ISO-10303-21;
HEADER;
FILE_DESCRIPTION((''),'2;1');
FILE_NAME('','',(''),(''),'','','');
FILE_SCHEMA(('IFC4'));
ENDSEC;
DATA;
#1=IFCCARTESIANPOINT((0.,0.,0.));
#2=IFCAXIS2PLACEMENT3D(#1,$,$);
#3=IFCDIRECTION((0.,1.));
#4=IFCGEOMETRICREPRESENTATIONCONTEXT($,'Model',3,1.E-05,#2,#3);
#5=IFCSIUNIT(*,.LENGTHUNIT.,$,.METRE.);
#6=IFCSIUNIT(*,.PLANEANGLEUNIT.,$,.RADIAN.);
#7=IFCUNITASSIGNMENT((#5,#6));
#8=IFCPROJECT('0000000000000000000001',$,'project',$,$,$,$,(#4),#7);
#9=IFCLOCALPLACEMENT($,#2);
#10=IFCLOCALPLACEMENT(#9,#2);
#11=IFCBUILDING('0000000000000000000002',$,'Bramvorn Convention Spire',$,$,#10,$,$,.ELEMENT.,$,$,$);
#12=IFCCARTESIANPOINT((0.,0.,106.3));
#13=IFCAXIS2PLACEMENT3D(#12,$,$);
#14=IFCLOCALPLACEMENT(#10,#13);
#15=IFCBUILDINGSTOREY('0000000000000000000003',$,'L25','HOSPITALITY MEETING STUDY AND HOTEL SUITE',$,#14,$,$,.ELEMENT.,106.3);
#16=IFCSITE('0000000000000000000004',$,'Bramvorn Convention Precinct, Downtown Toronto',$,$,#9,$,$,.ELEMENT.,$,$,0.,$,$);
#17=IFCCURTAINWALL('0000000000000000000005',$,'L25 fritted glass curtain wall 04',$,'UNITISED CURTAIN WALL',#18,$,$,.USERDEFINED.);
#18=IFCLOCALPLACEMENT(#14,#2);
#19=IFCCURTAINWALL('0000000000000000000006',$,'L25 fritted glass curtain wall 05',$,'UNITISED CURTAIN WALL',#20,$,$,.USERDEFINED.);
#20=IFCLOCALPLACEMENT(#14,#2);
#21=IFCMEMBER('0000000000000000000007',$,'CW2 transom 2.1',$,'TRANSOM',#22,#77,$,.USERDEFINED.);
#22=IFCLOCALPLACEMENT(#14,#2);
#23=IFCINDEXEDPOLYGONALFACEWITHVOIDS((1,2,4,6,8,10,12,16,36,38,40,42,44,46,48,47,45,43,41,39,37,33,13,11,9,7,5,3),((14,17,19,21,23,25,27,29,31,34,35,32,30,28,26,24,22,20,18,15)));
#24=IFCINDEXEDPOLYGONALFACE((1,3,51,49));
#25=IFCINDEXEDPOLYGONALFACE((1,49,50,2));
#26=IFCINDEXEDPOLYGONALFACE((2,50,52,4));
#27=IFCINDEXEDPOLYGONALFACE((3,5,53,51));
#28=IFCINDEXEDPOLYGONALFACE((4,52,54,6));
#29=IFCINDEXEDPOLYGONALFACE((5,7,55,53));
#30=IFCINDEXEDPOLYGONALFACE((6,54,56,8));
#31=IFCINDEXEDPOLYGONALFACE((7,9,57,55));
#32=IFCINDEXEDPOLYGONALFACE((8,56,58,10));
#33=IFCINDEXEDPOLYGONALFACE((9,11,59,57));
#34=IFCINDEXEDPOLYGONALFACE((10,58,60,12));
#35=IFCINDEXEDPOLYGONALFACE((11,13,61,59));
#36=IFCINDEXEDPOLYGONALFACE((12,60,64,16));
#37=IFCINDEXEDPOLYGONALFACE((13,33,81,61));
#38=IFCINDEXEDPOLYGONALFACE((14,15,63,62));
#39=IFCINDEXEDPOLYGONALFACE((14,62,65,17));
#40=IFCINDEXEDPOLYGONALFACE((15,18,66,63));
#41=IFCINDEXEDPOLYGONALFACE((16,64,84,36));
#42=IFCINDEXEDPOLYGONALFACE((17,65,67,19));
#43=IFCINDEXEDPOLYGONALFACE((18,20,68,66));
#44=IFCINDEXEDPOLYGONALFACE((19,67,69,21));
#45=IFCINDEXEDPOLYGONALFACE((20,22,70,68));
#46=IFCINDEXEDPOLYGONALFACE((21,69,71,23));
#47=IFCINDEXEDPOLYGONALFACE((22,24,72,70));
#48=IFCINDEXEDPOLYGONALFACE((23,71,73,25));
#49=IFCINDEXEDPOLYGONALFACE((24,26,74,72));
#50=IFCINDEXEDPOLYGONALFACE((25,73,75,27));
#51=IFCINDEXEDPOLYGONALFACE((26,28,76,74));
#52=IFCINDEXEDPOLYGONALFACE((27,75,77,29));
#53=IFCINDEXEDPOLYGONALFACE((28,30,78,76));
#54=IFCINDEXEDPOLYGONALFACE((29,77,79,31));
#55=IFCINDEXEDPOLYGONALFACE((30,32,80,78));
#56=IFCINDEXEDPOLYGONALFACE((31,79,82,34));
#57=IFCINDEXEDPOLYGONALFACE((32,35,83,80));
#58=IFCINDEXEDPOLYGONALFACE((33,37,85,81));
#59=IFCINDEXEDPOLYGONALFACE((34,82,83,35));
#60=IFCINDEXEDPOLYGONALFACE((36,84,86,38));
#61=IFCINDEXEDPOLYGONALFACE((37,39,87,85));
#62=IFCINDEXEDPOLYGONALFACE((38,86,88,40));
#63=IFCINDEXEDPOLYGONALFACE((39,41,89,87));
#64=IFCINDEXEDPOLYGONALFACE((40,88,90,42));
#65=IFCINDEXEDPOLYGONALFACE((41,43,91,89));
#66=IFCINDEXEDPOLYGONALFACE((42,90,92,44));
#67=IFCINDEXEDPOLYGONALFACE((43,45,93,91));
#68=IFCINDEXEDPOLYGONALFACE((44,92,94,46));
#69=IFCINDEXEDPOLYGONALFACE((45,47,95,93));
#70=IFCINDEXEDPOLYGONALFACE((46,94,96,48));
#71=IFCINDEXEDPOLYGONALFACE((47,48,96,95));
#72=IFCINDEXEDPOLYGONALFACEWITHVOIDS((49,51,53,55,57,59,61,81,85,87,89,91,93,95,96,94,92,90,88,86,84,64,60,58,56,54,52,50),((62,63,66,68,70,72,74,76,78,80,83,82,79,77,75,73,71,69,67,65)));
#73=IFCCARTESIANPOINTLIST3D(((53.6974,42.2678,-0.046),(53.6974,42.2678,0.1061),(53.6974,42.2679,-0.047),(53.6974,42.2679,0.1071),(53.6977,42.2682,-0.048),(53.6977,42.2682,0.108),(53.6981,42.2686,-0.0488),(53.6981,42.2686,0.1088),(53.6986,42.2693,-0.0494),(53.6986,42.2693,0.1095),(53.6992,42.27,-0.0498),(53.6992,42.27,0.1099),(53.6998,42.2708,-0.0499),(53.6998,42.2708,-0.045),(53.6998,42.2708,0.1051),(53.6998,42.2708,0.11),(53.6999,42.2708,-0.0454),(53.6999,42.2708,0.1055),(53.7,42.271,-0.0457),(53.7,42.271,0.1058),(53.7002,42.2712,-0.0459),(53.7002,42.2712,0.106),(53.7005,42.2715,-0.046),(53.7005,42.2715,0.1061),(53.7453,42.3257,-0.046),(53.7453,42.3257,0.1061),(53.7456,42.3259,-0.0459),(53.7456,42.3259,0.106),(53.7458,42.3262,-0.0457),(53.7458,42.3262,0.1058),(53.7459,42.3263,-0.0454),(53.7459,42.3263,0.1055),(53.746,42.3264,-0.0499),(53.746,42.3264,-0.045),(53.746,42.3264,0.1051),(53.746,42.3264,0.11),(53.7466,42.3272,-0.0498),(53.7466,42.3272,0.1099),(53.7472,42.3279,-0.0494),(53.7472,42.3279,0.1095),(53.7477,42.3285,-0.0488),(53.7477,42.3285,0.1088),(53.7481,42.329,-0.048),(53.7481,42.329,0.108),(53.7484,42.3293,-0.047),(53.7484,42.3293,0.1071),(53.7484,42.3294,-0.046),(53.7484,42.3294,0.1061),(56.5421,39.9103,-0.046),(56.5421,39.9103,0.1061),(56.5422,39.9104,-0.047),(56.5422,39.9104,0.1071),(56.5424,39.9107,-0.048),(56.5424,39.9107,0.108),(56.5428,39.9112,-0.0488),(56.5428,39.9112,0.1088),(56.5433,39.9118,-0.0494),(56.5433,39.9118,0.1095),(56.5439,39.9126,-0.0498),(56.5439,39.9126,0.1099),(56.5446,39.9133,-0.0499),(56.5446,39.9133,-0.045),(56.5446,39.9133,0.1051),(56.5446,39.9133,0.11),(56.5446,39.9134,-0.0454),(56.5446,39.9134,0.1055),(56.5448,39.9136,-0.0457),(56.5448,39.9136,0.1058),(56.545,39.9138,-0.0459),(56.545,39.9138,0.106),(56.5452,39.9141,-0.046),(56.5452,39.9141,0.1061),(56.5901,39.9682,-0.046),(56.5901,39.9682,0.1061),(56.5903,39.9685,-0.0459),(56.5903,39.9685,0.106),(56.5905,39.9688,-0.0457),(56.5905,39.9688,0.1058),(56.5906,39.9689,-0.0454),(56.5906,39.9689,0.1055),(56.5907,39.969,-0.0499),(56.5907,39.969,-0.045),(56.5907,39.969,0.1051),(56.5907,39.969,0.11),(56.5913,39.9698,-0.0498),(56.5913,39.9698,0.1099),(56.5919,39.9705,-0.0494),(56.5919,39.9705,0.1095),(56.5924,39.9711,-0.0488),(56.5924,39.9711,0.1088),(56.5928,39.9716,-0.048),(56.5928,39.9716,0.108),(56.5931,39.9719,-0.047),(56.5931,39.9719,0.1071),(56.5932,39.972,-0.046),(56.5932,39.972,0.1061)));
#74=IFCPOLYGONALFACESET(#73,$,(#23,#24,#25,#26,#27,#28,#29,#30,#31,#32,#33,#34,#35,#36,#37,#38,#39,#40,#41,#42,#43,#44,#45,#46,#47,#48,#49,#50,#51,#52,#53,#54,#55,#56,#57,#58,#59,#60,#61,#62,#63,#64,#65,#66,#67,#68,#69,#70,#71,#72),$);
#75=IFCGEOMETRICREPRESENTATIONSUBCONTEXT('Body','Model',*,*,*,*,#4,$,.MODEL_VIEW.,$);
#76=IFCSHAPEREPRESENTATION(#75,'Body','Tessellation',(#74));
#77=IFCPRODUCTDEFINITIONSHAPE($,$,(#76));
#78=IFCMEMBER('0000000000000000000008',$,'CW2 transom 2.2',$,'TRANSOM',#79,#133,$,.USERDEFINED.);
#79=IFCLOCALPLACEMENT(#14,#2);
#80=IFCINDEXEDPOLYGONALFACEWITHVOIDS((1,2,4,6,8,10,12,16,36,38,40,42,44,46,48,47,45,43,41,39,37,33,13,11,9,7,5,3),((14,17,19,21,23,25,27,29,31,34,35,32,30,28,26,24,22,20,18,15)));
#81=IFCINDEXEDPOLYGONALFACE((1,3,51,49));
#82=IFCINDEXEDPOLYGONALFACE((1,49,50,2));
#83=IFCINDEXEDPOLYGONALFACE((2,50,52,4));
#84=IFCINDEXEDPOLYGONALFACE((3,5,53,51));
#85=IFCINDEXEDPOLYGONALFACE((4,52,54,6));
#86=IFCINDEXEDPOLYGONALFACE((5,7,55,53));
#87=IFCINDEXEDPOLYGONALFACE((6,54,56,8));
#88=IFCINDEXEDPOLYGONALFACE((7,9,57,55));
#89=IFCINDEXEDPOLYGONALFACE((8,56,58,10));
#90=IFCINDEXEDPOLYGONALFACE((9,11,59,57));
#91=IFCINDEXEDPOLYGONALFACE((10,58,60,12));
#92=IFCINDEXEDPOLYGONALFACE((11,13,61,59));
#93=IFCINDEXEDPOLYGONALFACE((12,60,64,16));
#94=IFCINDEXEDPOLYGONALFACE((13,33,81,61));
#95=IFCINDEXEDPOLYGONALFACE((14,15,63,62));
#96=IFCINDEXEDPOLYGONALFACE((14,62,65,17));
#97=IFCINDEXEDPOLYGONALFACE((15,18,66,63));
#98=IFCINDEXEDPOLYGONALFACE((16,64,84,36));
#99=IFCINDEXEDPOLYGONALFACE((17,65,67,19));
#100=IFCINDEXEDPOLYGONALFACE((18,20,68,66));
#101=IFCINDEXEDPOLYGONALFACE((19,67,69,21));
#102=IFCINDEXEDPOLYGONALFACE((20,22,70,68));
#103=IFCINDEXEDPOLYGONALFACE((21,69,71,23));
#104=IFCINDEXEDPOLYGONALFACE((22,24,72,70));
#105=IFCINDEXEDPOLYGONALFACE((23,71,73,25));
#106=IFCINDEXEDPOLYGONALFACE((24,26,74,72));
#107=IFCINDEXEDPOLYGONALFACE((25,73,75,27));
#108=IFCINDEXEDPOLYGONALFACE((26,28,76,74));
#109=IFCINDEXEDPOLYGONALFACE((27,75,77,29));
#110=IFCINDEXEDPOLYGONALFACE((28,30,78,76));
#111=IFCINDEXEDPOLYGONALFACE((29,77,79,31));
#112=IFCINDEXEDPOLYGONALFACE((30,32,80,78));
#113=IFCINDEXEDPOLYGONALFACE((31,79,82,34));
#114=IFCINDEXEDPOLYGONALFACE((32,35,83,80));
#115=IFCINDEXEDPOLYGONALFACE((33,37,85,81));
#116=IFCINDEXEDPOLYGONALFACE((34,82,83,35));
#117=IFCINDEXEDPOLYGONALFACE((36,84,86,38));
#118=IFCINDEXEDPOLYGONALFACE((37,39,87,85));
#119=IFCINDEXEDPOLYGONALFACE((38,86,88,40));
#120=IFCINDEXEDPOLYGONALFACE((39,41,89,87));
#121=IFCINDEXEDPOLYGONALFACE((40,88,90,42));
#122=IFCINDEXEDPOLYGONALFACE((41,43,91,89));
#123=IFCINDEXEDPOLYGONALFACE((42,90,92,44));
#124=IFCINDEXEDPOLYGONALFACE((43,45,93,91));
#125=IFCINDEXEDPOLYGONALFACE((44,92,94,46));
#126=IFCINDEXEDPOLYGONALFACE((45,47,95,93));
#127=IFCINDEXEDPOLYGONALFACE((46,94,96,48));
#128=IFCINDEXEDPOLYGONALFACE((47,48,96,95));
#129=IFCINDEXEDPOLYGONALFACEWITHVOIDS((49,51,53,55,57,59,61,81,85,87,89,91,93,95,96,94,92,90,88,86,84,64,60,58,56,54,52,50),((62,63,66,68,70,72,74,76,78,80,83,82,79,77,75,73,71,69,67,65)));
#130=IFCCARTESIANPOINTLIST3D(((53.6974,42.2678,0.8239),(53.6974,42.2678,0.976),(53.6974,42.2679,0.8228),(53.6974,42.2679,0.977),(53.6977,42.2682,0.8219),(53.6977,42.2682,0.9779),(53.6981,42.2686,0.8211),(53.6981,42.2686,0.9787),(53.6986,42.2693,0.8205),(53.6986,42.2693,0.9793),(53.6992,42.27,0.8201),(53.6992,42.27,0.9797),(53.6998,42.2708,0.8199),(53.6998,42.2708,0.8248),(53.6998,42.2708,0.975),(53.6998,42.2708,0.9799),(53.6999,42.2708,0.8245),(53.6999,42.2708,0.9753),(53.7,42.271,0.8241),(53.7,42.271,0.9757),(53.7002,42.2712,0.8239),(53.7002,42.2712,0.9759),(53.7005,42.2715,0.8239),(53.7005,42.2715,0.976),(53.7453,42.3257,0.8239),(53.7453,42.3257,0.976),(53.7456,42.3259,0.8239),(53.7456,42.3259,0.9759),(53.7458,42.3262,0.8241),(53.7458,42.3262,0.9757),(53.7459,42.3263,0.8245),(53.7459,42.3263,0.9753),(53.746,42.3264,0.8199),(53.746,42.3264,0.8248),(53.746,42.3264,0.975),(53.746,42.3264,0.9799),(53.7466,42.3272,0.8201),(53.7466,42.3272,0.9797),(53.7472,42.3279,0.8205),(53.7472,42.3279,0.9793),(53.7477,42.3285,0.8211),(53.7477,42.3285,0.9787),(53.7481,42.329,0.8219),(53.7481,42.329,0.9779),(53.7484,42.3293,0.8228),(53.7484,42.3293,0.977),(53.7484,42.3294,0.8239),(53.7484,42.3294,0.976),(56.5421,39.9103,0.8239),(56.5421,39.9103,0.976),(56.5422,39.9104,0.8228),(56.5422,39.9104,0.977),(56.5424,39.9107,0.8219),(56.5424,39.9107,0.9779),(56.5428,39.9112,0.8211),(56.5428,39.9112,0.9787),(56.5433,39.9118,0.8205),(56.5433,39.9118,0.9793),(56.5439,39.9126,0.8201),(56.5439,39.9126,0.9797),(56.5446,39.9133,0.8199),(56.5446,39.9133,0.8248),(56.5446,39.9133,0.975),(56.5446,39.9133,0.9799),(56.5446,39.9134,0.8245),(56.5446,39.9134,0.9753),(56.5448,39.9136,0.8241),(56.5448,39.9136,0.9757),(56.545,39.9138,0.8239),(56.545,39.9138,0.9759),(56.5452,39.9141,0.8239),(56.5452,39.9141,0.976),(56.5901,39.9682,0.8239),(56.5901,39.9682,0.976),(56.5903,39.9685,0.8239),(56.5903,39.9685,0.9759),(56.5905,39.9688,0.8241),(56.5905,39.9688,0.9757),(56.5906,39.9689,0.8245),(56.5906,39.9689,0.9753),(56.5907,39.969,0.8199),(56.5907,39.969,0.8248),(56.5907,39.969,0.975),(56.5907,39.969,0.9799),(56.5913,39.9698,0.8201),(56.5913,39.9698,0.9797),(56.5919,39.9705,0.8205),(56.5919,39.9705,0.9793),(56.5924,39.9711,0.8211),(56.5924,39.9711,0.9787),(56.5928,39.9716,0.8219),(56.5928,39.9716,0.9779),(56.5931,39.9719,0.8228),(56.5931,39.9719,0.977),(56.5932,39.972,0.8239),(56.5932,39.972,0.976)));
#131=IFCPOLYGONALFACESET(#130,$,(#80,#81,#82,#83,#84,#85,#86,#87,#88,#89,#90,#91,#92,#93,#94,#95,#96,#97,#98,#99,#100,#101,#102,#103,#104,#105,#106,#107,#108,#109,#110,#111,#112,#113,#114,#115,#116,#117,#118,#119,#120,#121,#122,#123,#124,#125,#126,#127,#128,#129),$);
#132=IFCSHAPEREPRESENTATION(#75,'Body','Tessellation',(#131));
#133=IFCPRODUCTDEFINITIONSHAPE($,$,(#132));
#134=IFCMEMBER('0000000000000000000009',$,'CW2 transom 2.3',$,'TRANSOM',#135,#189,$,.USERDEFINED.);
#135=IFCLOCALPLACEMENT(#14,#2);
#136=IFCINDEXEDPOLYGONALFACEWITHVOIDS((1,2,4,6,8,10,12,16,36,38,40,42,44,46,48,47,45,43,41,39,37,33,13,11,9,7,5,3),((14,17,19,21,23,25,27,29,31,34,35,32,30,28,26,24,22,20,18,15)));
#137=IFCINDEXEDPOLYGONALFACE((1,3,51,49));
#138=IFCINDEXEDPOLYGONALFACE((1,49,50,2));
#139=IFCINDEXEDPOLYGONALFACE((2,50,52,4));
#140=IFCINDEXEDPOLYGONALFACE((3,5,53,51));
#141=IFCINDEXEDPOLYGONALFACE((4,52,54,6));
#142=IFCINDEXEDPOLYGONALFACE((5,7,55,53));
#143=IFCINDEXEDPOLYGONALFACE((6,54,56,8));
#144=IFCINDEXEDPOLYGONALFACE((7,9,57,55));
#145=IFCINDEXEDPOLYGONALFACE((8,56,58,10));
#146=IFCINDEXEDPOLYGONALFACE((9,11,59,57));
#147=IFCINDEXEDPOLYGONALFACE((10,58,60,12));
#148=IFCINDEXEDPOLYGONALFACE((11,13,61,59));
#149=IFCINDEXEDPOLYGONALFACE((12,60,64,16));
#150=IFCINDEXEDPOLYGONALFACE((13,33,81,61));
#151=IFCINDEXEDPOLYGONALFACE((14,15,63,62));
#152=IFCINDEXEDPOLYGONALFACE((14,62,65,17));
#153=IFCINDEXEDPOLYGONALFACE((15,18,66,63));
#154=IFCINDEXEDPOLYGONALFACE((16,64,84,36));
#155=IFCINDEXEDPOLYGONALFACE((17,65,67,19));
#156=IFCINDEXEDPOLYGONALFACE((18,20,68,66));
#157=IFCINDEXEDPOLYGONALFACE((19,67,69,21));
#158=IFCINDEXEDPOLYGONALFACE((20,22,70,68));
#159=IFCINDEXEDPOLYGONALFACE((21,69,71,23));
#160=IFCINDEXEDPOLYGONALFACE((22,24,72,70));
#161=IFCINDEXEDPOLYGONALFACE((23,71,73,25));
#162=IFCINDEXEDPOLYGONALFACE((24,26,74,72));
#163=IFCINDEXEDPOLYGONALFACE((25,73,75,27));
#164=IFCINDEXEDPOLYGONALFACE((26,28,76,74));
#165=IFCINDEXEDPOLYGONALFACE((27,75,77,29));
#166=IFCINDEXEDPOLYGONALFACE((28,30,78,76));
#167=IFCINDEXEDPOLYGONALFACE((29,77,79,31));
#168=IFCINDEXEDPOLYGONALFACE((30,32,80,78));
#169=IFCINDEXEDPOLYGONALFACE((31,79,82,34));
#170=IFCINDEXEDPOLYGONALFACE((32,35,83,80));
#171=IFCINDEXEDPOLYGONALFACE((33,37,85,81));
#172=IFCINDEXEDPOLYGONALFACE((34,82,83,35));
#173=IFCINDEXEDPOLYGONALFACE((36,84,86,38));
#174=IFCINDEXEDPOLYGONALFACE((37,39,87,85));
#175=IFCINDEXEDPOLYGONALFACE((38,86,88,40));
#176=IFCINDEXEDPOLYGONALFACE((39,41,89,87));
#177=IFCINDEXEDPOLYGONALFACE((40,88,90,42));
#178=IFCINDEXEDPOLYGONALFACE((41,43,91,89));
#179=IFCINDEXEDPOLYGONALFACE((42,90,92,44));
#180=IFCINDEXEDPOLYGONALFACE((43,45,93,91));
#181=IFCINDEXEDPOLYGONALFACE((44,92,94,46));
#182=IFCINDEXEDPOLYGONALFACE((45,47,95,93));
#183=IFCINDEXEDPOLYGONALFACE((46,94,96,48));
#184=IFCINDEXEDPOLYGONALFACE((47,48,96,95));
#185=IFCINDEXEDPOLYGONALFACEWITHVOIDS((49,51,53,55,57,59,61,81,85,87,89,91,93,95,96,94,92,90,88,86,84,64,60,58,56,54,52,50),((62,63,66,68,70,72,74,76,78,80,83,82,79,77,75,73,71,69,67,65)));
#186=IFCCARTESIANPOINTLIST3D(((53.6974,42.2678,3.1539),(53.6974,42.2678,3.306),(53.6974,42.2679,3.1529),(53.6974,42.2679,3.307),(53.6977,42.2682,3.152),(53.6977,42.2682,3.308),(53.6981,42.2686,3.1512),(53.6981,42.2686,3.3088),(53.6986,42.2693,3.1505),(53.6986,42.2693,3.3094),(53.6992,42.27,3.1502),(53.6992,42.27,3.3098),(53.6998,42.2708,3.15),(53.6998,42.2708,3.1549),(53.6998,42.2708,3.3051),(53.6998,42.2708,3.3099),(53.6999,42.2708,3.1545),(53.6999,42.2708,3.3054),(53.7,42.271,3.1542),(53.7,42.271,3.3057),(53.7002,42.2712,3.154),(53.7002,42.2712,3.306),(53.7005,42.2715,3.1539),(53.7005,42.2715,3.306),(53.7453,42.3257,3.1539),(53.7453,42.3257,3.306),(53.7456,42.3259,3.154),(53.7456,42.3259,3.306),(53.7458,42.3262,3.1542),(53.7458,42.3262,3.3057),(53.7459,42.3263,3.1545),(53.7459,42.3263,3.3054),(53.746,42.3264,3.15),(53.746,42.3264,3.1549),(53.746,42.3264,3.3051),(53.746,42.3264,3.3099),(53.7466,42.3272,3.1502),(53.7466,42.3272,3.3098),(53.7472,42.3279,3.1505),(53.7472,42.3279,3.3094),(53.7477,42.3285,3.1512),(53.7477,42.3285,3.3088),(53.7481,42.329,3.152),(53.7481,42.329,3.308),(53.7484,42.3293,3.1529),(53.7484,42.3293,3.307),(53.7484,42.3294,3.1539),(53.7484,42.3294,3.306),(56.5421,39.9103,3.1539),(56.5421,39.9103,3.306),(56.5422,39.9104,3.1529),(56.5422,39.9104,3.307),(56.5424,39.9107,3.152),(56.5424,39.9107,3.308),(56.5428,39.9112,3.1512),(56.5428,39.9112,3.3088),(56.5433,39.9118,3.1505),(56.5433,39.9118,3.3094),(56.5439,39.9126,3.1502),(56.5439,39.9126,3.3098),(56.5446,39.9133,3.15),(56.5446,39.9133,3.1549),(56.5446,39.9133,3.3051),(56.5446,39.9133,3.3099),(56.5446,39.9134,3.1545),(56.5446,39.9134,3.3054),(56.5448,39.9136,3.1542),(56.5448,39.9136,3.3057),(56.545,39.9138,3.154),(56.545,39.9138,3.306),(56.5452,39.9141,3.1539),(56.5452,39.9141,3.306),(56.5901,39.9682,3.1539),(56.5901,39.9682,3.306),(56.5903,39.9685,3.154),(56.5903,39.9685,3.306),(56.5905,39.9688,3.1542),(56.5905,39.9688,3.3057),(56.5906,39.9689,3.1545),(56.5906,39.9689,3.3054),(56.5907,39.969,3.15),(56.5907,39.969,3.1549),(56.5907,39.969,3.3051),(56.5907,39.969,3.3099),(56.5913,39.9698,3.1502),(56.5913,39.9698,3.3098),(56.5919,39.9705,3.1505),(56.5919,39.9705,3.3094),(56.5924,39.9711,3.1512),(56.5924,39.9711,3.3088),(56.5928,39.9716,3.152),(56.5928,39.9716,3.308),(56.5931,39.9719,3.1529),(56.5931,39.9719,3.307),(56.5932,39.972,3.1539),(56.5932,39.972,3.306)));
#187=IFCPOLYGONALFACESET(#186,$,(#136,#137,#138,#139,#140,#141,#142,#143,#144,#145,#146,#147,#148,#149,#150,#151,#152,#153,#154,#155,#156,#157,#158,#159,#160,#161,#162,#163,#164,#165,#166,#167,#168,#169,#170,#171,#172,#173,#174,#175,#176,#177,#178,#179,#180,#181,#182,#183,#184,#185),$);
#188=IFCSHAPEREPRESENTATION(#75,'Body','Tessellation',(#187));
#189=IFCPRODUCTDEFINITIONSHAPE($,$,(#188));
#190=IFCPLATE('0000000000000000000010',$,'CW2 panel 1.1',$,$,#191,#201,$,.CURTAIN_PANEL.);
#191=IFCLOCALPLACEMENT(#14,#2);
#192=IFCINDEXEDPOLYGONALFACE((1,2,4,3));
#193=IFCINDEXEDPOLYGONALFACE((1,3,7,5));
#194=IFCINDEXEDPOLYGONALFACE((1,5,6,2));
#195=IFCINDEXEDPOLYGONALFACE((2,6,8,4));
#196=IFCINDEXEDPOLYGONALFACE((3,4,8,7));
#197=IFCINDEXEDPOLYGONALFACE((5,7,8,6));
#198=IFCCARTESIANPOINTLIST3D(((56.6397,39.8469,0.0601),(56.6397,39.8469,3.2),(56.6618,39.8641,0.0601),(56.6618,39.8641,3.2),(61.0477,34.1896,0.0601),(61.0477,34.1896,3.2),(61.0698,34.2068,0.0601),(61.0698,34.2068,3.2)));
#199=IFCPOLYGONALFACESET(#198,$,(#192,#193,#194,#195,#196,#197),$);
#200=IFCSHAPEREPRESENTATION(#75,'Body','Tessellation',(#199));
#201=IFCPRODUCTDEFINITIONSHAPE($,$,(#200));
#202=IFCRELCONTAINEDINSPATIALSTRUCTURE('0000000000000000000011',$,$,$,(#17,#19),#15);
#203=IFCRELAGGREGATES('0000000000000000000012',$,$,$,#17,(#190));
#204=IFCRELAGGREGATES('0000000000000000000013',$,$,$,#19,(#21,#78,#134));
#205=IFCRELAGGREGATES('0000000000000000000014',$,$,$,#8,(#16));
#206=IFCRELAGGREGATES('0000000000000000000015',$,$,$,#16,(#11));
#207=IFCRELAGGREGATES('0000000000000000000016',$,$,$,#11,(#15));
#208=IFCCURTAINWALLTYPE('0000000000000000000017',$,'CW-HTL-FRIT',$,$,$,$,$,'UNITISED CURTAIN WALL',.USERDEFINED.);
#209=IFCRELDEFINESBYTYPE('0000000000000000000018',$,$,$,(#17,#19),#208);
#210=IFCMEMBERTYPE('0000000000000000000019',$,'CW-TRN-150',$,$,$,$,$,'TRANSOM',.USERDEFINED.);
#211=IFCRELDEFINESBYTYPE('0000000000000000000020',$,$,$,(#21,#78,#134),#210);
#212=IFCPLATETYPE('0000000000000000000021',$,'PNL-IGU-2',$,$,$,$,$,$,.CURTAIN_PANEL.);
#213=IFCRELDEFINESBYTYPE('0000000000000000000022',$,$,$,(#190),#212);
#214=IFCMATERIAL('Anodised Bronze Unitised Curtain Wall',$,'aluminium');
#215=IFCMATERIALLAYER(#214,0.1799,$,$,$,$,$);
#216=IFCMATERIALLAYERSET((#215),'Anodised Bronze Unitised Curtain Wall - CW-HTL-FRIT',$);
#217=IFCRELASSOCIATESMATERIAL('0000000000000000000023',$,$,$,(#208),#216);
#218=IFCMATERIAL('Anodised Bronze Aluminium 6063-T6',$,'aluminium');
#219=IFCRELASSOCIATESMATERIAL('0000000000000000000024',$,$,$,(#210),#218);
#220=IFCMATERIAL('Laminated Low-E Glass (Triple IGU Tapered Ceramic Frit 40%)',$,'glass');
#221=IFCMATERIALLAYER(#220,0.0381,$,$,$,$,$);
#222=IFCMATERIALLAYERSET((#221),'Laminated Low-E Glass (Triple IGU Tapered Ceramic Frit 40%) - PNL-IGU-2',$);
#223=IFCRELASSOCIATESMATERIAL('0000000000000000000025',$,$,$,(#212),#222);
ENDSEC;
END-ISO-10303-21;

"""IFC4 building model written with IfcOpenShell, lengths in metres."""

from ifc_helpers import new_model, si_unit, direction, frame, origin, origin_2d, place, context, subcontext, project, spatial, rectangle, hollow_rectangle, extrude, material, layer, layer_set, material_profile, profile_set, type_object, element, aggregate, save


model = new_model("IFC4")

# Units and contexts
model_context = context("Model", 3, precision=1e-05, world=origin(), true_north=direction((0.0, 1.0)))
body_context = subcontext(model_context, "Body", "Model", "MODEL_VIEW")
ifc_project = project(units=[si_unit("LENGTHUNIT", "METRE"), si_unit("PLANEANGLEUNIT", "RADIAN")], contexts=[model_context])

# Site, building, storey
site_placement = place(None, origin())
site = spatial("IfcSite", under=ifc_project, at=site_placement, Name="Bramvorn Convention Precinct, Downtown Toronto", CompositionType="ELEMENT", RefElevation=0.0)
building_placement = place(site_placement, origin())
building = spatial("IfcBuilding", under=site, at=building_placement, Name="Bramvorn Convention Spire", CompositionType="ELEMENT")
storey_placement = place(building_placement, frame((0.0, 0.0, 106.3)))
storey = spatial("IfcBuildingStorey", under=building, at=storey_placement, Name="L25", Description="HOSPITALITY MEETING STUDY AND HOTEL SUITE", CompositionType="ELEMENT", Elevation=106.3)

# Curtain wall
ifc_material_1 = material(Name="Anodised Bronze Unitised Curtain Wall", Category="aluminium")
ifc_layer_1 = layer(ifc_material_1, 0.1799)
ifc_layer_set_1 = layer_set([ifc_layer_1], Name="Anodised Bronze Unitised Curtain Wall - CW-HTL-FRIT")
curtain_wall_type = type_object("IfcCurtainWallType", Name="CW-HTL-FRIT", ElementType="UNITISED CURTAIN WALL", PredefinedType="USERDEFINED", material=ifc_layer_set_1)
curtain_wall_1_placement = place(storey_placement, origin())
curtain_wall_1 = element("IfcCurtainWall", 1, at=curtain_wall_1_placement, inside=storey, type_object=curtain_wall_type, Name="L25 fritted glass curtain wall 04", ObjectType="UNITISED CURTAIN WALL", PredefinedType="USERDEFINED")
ifc_material_2 = material(Name="Anodised Bronze Aluminium 6063-T6", Category="aluminium")

# Curtain wall
curtain_wall_2_placement = place(storey_placement, origin())
curtain_wall_2 = element("IfcCurtainWall", 2, at=curtain_wall_2_placement, inside=storey, type_object=curtain_wall_type, Name="L25 fritted glass curtain wall 05", ObjectType="UNITISED CURTAIN WALL", PredefinedType="USERDEFINED")

# Members
ifc_material_profile_1 = material_profile(ifc_material_2, hollow_rectangle(XDim=0.0801, YDim=0.1599, WallThickness=0.0039, InnerFilletRadius=0.001, OuterFilletRadius=0.0039, at=origin_2d()))
ifc_profile_set_1 = profile_set([ifc_material_profile_1], Name="Anodised Bronze Aluminium 6063-T6 - CWT80X160")
member_type_1 = type_object("IfcMemberType", Name="CW-TRN-150", ElementType="TRANSOM", PredefinedType="USERDEFINED", material=ifc_profile_set_1)
member_1_placement = place(storey_placement, frame((53.7229, 42.2986, 0.03), z_axis=(0.769973, -0.638076, 0.0), x_axis=(0.638076, 0.769973, 0.0)))
member_1 = element("IfcMember", 3, at=member_1_placement, type_object=member_type_1, Name="CW2 transom 2.1", ObjectType="TRANSOM", PredefinedType="USERDEFINED", context=body_context, shape_type="SweptSolid", body=[
    extrude(hollow_rectangle(XDim=0.0801, YDim=0.1599, WallThickness=0.0039, InnerFilletRadius=0.001, OuterFilletRadius=0.0039, at=origin_2d()), origin(), (0.0, 0.0, 1.0), 3.6946),
])
member_2_placement = place(storey_placement, frame((53.7229, 42.2986, 0.8999), z_axis=(0.769973, -0.638076, 0.0), x_axis=(0.638076, 0.769973, 0.0)))
member_2 = element("IfcMember", 4, at=member_2_placement, type_object=member_type_1, Name="CW2 transom 2.2", ObjectType="TRANSOM", PredefinedType="USERDEFINED", context=body_context, shape_type="SweptSolid", body=[
    extrude(hollow_rectangle(XDim=0.0801, YDim=0.1599, WallThickness=0.0039, InnerFilletRadius=0.001, OuterFilletRadius=0.0039, at=origin_2d()), origin(), (0.0, 0.0, 1.0), 3.6946),
])
member_3_placement = place(storey_placement, frame((53.7229, 42.2986, 3.23), z_axis=(0.769973, -0.638076, 0.0), x_axis=(0.638076, 0.769973, 0.0)))
member_3 = element("IfcMember", 5, at=member_3_placement, type_object=member_type_1, Name="CW2 transom 2.3", ObjectType="TRANSOM", PredefinedType="USERDEFINED", context=body_context, shape_type="SweptSolid", body=[
    extrude(hollow_rectangle(XDim=0.0801, YDim=0.1599, WallThickness=0.0039, InnerFilletRadius=0.001, OuterFilletRadius=0.0039, at=origin_2d()), origin(), (0.0, 0.0, 1.0), 3.6946),
])

# Plate
ifc_material_3 = material(Name="Laminated Low-E Glass (Triple IGU Tapered Ceramic Frit 40%)", Category="glass")
ifc_layer_2 = layer(ifc_material_3, 0.0381)
ifc_layer_set_2 = layer_set([ifc_layer_2], Name="Laminated Low-E Glass (Triple IGU Tapered Ceramic Frit 40%) - PNL-IGU-2")
plate_type = type_object("IfcPlateType", Name="PNL-IGU-2", PredefinedType="CURTAIN_PANEL", material=ifc_layer_set_2)
plate_1_placement = place(storey_placement, frame((58.8547, 37.0269, 0.0601), z_axis=(0.0, 0.0, 1.0), x_axis=(0.614624, -0.78882, 0.0)))
plate_1 = element("IfcPlate", 6, at=plate_1_placement, type_object=plate_type, Name="CW2 panel 1.1", PredefinedType="CURTAIN_PANEL", context=body_context, shape_type="SweptSolid", body=[
    extrude(rectangle(XDim=7.1719, YDim=0.0281, at=origin_2d()), origin(), (0.0, 0.0, 1.0), 3.1399),
])
aggregate(curtain_wall_1, [plate_1])
aggregate(curtain_wall_2, [member_1, member_2, member_3])

save(model, "model.ifc")
